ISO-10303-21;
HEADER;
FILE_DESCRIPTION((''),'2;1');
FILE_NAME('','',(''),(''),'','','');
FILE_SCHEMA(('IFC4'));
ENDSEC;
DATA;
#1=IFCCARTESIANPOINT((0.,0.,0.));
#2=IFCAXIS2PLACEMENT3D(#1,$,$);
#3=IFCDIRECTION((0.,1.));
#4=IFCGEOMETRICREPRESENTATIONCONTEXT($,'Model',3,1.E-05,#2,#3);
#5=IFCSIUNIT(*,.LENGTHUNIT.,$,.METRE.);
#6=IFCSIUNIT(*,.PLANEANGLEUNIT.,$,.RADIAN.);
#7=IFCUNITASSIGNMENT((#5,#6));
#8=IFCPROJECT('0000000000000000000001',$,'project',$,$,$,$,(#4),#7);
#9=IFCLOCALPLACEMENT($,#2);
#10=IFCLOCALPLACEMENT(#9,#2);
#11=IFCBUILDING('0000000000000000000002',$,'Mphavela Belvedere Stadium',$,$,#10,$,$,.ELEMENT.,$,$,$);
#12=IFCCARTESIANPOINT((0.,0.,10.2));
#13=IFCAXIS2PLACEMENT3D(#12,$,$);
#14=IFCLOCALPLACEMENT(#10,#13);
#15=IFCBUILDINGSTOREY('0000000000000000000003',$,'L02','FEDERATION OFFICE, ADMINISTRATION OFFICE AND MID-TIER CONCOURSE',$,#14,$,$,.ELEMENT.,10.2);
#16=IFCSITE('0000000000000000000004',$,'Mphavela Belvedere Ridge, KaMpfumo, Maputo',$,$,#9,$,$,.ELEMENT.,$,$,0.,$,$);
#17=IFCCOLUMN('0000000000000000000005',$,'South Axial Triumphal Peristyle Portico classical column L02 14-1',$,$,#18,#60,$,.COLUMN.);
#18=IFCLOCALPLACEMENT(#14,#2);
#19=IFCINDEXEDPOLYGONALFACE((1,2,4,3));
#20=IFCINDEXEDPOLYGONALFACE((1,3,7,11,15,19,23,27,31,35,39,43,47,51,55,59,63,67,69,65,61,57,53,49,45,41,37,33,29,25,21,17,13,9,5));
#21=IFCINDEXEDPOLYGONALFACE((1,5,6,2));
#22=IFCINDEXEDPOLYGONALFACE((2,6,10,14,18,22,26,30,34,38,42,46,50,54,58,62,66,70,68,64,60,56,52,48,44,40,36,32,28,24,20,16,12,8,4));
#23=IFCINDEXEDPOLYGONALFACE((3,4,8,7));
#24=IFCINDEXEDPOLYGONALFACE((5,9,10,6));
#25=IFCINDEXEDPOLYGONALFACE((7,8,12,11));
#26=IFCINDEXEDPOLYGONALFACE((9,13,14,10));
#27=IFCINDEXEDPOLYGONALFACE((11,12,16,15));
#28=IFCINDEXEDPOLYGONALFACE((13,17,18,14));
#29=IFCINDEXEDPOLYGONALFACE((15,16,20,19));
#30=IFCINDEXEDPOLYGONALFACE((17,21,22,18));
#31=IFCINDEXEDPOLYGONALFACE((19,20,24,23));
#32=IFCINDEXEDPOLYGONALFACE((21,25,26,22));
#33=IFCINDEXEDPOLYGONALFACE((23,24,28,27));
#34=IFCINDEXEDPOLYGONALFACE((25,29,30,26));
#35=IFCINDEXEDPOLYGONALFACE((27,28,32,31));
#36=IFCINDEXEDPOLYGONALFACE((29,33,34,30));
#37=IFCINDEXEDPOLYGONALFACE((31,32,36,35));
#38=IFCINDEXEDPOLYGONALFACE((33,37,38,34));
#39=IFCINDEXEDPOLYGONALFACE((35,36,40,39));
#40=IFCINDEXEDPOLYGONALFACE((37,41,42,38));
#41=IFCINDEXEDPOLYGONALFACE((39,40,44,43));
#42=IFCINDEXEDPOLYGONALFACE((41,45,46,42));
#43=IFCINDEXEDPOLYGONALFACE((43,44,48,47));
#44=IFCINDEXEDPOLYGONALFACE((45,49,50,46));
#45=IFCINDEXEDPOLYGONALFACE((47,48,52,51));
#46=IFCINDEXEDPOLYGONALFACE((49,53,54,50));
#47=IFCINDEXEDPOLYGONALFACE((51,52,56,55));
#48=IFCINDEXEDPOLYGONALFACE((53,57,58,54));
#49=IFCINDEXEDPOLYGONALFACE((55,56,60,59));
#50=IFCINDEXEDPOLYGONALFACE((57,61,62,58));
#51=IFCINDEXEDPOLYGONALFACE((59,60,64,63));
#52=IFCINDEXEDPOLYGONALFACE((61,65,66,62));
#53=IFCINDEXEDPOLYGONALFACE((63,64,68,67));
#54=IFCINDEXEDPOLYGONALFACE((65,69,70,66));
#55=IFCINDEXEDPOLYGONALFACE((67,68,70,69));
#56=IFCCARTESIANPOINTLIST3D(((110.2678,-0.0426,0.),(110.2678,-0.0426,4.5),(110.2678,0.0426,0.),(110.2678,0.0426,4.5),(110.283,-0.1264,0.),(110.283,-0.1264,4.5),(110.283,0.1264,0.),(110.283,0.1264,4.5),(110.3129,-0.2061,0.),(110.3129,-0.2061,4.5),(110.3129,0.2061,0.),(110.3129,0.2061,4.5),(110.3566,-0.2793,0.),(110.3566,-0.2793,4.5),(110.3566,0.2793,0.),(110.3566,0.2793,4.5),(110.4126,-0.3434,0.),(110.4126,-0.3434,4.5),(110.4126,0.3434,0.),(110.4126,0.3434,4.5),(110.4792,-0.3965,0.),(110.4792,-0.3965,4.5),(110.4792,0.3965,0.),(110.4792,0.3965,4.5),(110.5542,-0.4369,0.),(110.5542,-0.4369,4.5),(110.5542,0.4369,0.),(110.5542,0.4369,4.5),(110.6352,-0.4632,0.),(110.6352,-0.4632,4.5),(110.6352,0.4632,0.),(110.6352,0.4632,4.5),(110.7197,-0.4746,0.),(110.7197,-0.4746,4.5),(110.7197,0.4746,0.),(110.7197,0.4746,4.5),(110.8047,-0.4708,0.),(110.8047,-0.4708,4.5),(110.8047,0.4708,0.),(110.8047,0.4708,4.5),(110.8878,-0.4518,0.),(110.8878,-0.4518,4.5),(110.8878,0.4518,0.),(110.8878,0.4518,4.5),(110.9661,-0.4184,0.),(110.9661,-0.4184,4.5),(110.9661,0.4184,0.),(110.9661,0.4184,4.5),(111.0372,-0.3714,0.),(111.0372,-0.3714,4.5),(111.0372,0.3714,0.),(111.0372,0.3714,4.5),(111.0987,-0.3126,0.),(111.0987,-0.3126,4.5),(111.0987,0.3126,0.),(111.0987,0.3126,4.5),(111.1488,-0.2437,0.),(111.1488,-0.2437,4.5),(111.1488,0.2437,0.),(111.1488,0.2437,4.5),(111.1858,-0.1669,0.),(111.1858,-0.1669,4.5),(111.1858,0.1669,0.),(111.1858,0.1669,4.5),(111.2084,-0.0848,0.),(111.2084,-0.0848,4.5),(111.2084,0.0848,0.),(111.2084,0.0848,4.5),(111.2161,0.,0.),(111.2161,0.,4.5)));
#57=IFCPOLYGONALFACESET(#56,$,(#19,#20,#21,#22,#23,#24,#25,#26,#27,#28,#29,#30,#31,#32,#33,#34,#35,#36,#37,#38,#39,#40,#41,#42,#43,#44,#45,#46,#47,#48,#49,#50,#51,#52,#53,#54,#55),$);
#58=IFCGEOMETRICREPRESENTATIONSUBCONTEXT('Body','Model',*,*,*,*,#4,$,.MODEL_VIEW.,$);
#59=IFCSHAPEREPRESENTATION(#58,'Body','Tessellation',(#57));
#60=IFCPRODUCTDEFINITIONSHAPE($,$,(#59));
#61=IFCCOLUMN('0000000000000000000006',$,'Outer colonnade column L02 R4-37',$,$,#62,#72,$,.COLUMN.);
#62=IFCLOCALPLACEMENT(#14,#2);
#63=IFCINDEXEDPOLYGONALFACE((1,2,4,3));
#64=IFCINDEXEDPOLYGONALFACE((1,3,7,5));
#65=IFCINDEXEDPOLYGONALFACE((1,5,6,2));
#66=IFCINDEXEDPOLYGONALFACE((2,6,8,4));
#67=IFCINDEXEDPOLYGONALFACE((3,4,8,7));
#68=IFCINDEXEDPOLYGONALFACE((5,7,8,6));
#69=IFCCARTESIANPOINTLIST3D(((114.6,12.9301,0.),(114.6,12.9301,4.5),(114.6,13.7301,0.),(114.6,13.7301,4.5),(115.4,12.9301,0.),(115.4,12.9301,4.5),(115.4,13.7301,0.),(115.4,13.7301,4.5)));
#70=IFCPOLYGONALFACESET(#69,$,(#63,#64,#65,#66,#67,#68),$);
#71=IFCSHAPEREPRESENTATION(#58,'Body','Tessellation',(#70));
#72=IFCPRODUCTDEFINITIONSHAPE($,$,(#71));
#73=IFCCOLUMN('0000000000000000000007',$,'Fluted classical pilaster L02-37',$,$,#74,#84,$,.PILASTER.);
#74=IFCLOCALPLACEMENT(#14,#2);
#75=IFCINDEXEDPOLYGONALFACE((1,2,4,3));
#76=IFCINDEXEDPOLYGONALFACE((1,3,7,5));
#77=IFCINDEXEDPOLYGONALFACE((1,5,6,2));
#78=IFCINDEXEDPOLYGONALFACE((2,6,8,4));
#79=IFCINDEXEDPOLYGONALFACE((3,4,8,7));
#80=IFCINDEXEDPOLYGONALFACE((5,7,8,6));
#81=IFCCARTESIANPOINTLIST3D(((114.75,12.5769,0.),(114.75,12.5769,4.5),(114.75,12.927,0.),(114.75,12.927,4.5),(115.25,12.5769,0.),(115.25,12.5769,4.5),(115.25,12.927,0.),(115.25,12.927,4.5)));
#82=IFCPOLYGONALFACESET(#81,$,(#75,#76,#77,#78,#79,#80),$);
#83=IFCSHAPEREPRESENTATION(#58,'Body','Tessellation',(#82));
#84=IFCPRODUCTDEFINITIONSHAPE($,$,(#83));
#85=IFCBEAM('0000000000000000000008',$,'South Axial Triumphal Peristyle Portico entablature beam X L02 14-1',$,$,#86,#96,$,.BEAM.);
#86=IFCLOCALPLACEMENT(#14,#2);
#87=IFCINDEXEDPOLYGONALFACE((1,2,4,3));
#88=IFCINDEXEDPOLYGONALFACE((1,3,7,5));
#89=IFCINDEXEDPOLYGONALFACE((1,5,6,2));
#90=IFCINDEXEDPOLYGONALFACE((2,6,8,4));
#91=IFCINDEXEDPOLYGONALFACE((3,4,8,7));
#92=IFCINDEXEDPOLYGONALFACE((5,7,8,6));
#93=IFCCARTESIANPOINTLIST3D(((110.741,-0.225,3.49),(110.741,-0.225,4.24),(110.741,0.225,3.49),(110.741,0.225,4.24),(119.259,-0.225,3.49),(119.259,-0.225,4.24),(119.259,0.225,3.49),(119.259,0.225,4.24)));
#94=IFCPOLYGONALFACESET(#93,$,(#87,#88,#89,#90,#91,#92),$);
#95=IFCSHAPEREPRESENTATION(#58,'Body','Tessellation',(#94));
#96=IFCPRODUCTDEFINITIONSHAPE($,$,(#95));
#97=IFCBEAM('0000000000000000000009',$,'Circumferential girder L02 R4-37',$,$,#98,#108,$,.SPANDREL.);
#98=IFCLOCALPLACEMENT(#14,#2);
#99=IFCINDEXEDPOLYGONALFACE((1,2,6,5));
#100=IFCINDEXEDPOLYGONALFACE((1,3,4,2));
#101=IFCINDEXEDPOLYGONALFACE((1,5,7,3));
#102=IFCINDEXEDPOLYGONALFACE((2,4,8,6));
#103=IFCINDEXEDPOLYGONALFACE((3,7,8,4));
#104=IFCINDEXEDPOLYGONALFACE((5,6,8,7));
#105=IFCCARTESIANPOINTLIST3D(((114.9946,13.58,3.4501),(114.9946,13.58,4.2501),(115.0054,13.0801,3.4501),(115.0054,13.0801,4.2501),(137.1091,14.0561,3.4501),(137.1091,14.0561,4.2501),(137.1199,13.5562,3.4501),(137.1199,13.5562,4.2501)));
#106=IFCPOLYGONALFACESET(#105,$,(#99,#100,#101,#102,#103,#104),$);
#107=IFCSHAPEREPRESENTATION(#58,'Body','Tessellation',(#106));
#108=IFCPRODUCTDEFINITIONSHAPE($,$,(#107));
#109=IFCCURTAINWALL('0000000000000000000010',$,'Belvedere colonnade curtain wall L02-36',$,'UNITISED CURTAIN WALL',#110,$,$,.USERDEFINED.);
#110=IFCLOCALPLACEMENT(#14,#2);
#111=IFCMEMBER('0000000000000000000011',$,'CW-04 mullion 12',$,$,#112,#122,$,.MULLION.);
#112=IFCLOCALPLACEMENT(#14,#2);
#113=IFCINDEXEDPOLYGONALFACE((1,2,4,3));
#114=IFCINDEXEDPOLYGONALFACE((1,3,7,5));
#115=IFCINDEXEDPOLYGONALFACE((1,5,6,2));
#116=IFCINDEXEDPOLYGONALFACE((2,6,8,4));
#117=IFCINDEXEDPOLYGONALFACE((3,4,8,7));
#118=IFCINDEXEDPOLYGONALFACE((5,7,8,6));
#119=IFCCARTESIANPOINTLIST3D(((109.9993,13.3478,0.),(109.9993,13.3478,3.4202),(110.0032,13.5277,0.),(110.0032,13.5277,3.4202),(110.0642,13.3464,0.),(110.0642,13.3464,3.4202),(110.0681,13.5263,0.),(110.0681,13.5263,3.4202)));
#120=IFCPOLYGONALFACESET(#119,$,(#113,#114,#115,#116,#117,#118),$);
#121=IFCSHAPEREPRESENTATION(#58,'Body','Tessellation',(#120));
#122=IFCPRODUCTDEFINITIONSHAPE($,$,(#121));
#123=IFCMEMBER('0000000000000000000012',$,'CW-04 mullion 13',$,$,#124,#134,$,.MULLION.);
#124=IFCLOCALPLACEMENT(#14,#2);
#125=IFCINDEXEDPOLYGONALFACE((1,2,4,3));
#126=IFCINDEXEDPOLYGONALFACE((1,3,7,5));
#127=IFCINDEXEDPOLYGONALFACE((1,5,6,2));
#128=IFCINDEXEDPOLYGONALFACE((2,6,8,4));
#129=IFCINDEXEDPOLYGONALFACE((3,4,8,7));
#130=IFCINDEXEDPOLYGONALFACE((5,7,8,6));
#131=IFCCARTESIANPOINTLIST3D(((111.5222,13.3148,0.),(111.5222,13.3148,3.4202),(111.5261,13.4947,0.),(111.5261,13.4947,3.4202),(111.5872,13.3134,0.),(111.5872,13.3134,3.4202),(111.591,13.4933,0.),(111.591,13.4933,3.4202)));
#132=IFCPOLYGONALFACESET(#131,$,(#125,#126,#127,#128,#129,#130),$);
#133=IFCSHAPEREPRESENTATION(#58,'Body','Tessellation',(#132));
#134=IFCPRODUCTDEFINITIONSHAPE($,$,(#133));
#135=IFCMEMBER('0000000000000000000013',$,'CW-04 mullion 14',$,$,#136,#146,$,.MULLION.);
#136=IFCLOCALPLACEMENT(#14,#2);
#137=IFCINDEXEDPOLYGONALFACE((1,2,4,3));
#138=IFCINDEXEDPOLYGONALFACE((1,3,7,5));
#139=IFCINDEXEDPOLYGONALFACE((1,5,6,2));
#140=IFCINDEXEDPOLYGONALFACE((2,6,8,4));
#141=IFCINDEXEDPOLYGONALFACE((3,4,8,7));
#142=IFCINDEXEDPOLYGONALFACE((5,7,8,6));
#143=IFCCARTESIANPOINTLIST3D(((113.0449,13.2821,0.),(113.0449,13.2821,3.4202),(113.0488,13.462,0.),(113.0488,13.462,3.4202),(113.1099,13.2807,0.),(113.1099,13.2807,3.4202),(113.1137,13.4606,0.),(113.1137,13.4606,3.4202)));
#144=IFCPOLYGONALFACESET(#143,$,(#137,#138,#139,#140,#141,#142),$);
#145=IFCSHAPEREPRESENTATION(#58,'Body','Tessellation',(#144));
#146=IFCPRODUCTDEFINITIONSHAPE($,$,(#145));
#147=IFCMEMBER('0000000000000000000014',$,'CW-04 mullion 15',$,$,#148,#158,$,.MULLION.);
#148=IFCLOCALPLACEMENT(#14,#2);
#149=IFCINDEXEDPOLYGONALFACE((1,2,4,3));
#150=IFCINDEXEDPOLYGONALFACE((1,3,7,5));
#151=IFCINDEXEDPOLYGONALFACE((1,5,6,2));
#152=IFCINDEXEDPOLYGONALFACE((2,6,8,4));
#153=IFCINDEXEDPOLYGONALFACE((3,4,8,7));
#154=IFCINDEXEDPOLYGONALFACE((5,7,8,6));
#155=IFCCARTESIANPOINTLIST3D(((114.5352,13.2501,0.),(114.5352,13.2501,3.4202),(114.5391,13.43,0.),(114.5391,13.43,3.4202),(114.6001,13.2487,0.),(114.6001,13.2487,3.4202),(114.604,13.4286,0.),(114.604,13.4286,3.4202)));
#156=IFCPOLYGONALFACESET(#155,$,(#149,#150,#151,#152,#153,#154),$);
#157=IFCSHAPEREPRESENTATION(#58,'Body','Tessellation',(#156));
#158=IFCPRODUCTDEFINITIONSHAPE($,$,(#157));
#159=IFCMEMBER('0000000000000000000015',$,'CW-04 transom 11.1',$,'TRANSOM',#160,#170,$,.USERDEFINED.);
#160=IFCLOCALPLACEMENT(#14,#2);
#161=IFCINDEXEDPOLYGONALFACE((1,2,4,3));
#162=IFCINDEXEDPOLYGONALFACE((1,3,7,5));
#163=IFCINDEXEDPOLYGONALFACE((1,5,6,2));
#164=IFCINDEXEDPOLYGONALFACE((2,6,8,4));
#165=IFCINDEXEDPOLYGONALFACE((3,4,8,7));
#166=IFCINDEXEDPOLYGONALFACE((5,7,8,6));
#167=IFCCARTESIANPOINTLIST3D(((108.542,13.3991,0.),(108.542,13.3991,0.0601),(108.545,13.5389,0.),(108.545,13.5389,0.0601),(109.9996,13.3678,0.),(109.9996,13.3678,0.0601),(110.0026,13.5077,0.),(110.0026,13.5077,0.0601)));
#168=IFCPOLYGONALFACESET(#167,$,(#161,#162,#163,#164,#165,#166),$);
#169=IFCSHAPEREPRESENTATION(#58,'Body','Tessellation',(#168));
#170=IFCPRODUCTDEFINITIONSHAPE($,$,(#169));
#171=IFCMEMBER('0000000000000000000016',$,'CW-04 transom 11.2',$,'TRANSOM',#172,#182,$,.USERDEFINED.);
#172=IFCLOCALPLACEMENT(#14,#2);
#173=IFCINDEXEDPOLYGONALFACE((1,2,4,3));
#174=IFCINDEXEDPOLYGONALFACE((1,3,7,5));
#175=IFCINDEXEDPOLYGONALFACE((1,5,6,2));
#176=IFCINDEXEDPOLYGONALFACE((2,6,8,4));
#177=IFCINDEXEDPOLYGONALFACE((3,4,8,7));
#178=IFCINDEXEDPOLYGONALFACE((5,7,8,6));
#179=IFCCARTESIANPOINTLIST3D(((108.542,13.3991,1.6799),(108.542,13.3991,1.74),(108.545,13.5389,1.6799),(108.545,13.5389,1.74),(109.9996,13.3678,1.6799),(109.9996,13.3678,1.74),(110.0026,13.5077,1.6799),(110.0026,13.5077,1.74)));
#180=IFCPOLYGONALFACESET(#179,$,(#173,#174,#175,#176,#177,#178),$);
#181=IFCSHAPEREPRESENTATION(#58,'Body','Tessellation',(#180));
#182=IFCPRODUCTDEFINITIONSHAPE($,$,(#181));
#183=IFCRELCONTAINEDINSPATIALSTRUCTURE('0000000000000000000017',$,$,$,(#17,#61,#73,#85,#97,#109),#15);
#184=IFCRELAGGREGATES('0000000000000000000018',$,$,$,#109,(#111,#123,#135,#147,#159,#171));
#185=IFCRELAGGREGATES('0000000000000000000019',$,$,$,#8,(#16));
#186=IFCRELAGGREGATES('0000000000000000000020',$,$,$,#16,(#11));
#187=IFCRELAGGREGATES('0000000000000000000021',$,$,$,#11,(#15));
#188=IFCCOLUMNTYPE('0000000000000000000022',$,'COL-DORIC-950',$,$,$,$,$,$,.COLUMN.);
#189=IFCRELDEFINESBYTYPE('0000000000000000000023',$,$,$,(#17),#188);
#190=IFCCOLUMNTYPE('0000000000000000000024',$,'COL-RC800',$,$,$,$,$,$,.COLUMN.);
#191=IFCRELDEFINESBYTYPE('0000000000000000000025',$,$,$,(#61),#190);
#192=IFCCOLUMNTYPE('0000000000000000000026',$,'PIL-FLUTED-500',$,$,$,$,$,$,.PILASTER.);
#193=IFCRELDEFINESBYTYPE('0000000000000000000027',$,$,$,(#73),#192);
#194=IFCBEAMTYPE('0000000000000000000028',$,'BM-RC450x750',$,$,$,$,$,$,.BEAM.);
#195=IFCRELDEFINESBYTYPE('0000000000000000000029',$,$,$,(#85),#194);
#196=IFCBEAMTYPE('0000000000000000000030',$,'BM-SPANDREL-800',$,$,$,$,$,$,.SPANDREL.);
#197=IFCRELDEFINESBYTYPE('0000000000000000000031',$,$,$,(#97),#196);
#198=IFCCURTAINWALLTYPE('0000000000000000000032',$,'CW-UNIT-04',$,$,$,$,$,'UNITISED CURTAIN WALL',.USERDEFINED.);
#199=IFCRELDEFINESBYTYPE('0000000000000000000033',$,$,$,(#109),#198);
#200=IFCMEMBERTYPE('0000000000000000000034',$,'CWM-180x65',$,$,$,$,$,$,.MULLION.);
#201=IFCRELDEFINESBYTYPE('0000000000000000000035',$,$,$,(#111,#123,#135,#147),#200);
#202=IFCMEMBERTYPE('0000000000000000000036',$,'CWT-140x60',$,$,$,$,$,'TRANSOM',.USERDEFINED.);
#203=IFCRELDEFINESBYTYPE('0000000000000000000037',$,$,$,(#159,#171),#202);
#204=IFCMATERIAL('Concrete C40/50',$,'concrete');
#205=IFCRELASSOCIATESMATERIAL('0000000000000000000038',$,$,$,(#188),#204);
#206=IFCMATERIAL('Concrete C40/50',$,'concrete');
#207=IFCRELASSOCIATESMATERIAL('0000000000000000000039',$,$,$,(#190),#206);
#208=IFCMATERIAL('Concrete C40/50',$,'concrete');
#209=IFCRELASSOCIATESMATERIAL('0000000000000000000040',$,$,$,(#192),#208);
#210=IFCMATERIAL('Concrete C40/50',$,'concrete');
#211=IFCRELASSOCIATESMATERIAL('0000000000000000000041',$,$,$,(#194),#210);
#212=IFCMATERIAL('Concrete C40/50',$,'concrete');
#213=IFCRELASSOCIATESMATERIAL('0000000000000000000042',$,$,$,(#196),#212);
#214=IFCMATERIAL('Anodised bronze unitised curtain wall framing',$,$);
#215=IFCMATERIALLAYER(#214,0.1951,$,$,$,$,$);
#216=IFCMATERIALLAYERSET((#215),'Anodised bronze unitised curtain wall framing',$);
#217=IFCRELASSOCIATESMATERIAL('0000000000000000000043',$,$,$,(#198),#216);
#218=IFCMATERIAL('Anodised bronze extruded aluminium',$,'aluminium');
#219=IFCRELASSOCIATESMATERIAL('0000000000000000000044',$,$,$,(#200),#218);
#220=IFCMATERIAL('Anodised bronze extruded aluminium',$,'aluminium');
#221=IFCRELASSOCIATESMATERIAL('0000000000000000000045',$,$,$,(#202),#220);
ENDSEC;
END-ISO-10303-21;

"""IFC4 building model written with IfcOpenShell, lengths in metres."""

from ifc_helpers import new_model, si_unit, direction, frame, origin, origin_2d, place, context, subcontext, project, spatial, rectangle, circle, extrude, material, layer, layer_set, material_profile, profile_set, type_object, element, aggregate, save


model = new_model("IFC4")

# Units and contexts
model_context = context("Model", 3, precision=1e-05, world=origin(), true_north=direction((0.0, 1.0)))
body_context = subcontext(model_context, "Body", "Model", "MODEL_VIEW")
ifc_project = project(units=[si_unit("LENGTHUNIT", "METRE"), si_unit("PLANEANGLEUNIT", "RADIAN")], contexts=[model_context])

# Site, building, storey
site_placement = place(None, origin())
site = spatial("IfcSite", under=ifc_project, at=site_placement, Name="Mphavela Belvedere Ridge, KaMpfumo, Maputo", CompositionType="ELEMENT", RefElevation=0.0)
building_placement = place(site_placement, origin())
building = spatial("IfcBuilding", under=site, at=building_placement, Name="Mphavela Belvedere Stadium", CompositionType="ELEMENT")
storey_placement = place(building_placement, frame((0.0, 0.0, 10.2)))
storey = spatial("IfcBuildingStorey", under=building, at=storey_placement, Name="L02", Description="FEDERATION OFFICE, ADMINISTRATION OFFICE AND MID-TIER CONCOURSE", CompositionType="ELEMENT", Elevation=10.2)

# Columns
ifc_material_1 = material(Name="Concrete C40/50", Category="concrete")
ifc_material_profile_1 = material_profile(ifc_material_1, circle(Radius=0.4751, at=origin_2d()), Name="COL D950")
ifc_profile_set_1 = profile_set([ifc_material_profile_1], Name="Concrete C40/50")
column_type_1 = type_object("IfcColumnType", Name="COL-DORIC-950", PredefinedType="COLUMN", material=ifc_profile_set_1)
column_1_placement = place(storey_placement, frame((110.741, 0.0, 0.0), z_axis=(0.0, 0.0, 1.0), x_axis=(1.0, 0.0, 0.0)))
element("IfcColumn", 1, at=column_1_placement, inside=storey, type_object=column_type_1, Name="South Axial Triumphal Peristyle Portico classical column L02 14-1", PredefinedType="COLUMN", context=body_context, shape_type="SweptSolid", body=[
    extrude(circle(Radius=0.4751, at=origin_2d()), origin(), (0.0, 0.0, 1.0), 4.5),
])
ifc_material_2 = material(Name="Concrete C40/50", Category="concrete")
ifc_material_profile_2 = material_profile(ifc_material_2, rectangle(XDim=0.8, YDim=0.8, at=origin_2d()), Name="RC 800x800")
ifc_profile_set_2 = profile_set([ifc_material_profile_2], Name="Concrete C40/50")
column_type_2 = type_object("IfcColumnType", Name="COL-RC800", PredefinedType="COLUMN", material=ifc_profile_set_2)
column_2_placement = place(storey_placement, frame((115.0, 13.3301, 0.0), z_axis=(0.0, 0.0, 1.0), x_axis=(0.0, -1.0, 0.0)))
element("IfcColumn", 2, at=column_2_placement, inside=storey, type_object=column_type_2, Name="Outer colonnade column L02 R4-37", PredefinedType="COLUMN", context=body_context, shape_type="SweptSolid", body=[
    extrude(rectangle(XDim=0.8, YDim=0.8, at=origin_2d()), origin(), (0.0, 0.0, 1.0), 4.5),
])
ifc_material_3 = material(Name="Concrete C40/50", Category="concrete")
ifc_material_profile_3 = material_profile(ifc_material_3, rectangle(XDim=0.5, YDim=0.3501, at=origin_2d()), Name="PIL 500x350")
ifc_profile_set_3 = profile_set([ifc_material_profile_3], Name="Concrete C40/50")
column_type_3 = type_object("IfcColumnType", Name="PIL-FLUTED-500", PredefinedType="PILASTER", material=ifc_profile_set_3)
column_3_placement = place(storey_placement, frame((115.0, 12.752, 0.0), z_axis=(0.0, 0.0, 1.0), x_axis=(1.0, 0.0, 0.0)))
element("IfcColumn", 3, at=column_3_placement, inside=storey, type_object=column_type_3, Name="Fluted classical pilaster L02-37", PredefinedType="PILASTER", context=body_context, shape_type="SweptSolid", body=[
    extrude(rectangle(XDim=0.5, YDim=0.3501, at=origin_2d()), origin(), (0.0, 0.0, 1.0), 4.5),
])

# Beams
ifc_material_4 = material(Name="Concrete C40/50", Category="concrete")
ifc_material_profile_4 = material_profile(ifc_material_4, rectangle(XDim=0.45, YDim=0.75, at=origin_2d()), Name="RC 450x750")
ifc_profile_set_4 = profile_set([ifc_material_profile_4], Name="Concrete C40/50")
beam_type_1 = type_object("IfcBeamType", Name="BM-RC450x750", PredefinedType="BEAM", material=ifc_profile_set_4)
beam_1_placement = place(storey_placement, frame((110.741, 0.0, 3.865), z_axis=(1.0, 0.0, 0.0), x_axis=(0.0, 1.0, 0.0)))
element("IfcBeam", 4, at=beam_1_placement, inside=storey, type_object=beam_type_1, Name="South Axial Triumphal Peristyle Portico entablature beam X L02 14-1", PredefinedType="BEAM", context=body_context, shape_type="SweptSolid", body=[
    extrude(rectangle(XDim=0.45, YDim=0.75, at=origin_2d()), origin(), (0.0, 0.0, 1.0), 8.5181),
])
ifc_material_5 = material(Name="Concrete C40/50", Category="concrete")
ifc_material_profile_5 = material_profile(ifc_material_5, rectangle(XDim=0.5, YDim=0.8, at=origin_2d()), Name="RC 500x800")
ifc_profile_set_5 = profile_set([ifc_material_profile_5], Name="Concrete C40/50")
beam_type_2 = type_object("IfcBeamType", Name="BM-SPANDREL-800", PredefinedType="SPANDREL", material=ifc_profile_set_5)
beam_2_placement = place(storey_placement, frame((115.0, 13.3301, 3.8501), z_axis=(0.999768, 0.021523, 0.0), x_axis=(-0.021523, 0.999768, 0.0)))
element("IfcBeam", 5, at=beam_2_placement, inside=storey, type_object=beam_type_2, Name="Circumferential girder L02 R4-37", PredefinedType="SPANDREL", context=body_context, shape_type="SweptSolid", body=[
    extrude(rectangle(XDim=0.5, YDim=0.8, at=origin_2d()), origin(), (0.0, 0.0, 1.0), 22.1196),
])

# Curtain wall, members
ifc_material_6 = material(Name="Anodised bronze unitised curtain wall framing")
ifc_layer_1 = layer(ifc_material_6, 0.1951)
ifc_layer_set_1 = layer_set([ifc_layer_1], Name="Anodised bronze unitised curtain wall framing")
curtain_wall_type = type_object("IfcCurtainWallType", Name="CW-UNIT-04", ElementType="UNITISED CURTAIN WALL", PredefinedType="USERDEFINED", material=ifc_layer_set_1)
curtain_wall_placement = place(storey_placement, origin())
curtain_wall = element("IfcCurtainWall", 6, at=curtain_wall_placement, inside=storey, type_object=curtain_wall_type, Name="Belvedere colonnade curtain wall L02-36", ObjectType="UNITISED CURTAIN WALL", PredefinedType="USERDEFINED")
ifc_material_7 = material(Name="Anodised bronze extruded aluminium", Category="aluminium")
ifc_material_profile_6 = material_profile(ifc_material_7, rectangle(XDim=0.1799, YDim=0.0649, at=origin_2d()), Name="CW-MUL 180x65")
ifc_profile_set_6 = profile_set([ifc_material_profile_6], Name="Anodised bronze extruded aluminium")
member_type_1 = type_object("IfcMemberType", Name="CWM-180x65", PredefinedType="MULLION", material=ifc_profile_set_6)
member_1_placement = place(storey_placement, frame((110.0337, 13.437, 0.0), z_axis=(0.0, 0.0, 1.0), x_axis=(0.021525, 0.999768, 0.0)))
member_1 = element("IfcMember", 7, at=member_1_placement, type_object=member_type_1, Name="CW-04 mullion 12", PredefinedType="MULLION", context=body_context, shape_type="SweptSolid", body=[
    extrude(rectangle(XDim=0.1799, YDim=0.0649, at=origin_2d()), origin(), (0.0, 0.0, 1.0), 3.4202),
])
member_2_placement = place(storey_placement, frame((111.5566, 13.4041, 0.0), z_axis=(0.0, 0.0, 1.0), x_axis=(0.021525, 0.999768, 0.0)))
member_2 = element("IfcMember", 8, at=member_2_placement, type_object=member_type_1, Name="CW-04 mullion 13", PredefinedType="MULLION", context=body_context, shape_type="SweptSolid", body=[
    extrude(rectangle(XDim=0.1799, YDim=0.0649, at=origin_2d()), origin(), (0.0, 0.0, 1.0), 3.4202),
])
member_3_placement = place(storey_placement, frame((113.0793, 13.3713, 0.0), z_axis=(0.0, 0.0, 1.0), x_axis=(0.021525, 0.999768, 0.0)))
member_3 = element("IfcMember", 9, at=member_3_placement, type_object=member_type_1, Name="CW-04 mullion 14", PredefinedType="MULLION", context=body_context, shape_type="SweptSolid", body=[
    extrude(rectangle(XDim=0.1799, YDim=0.0649, at=origin_2d()), origin(), (0.0, 0.0, 1.0), 3.4202),
])
member_4_placement = place(storey_placement, frame((114.5696, 13.3394, 0.0), z_axis=(0.0, 0.0, 1.0), x_axis=(0.021525, 0.999768, 0.0)))
member_4 = element("IfcMember", 10, at=member_4_placement, type_object=member_type_1, Name="CW-04 mullion 15", PredefinedType="MULLION", context=body_context, shape_type="SweptSolid", body=[
    extrude(rectangle(XDim=0.1799, YDim=0.0649, at=origin_2d()), origin(), (0.0, 0.0, 1.0), 3.4202),
])
ifc_material_8 = material(Name="Anodised bronze extruded aluminium", Category="aluminium")
ifc_material_profile_7 = material_profile(ifc_material_8, rectangle(XDim=0.1399, YDim=0.0601, at=origin_2d()), Name="CW-TRN 140x60")
ifc_profile_set_7 = profile_set([ifc_material_profile_7], Name="Anodised bronze extruded aluminium")
member_type_2 = type_object("IfcMemberType", Name="CWT-140x60", ElementType="TRANSOM", PredefinedType="USERDEFINED", material=ifc_profile_set_7)
member_5_placement = place(storey_placement, frame((108.5435, 13.469, 0.03), z_axis=(0.99977, -0.021432, 0.0), x_axis=(0.021432, 0.99977, 0.0)))
member_5 = element("IfcMember", 11, at=member_5_placement, type_object=member_type_2, Name="CW-04 transom 11.1", ObjectType="TRANSOM", PredefinedType="USERDEFINED", context=body_context, shape_type="SweptSolid", body=[
    extrude(rectangle(XDim=0.1399, YDim=0.0601, at=origin_2d()), origin(), (0.0, 0.0, 1.0), 1.458),
])
member_6_placement = place(storey_placement, frame((108.5435, 13.469, 1.71), z_axis=(0.99977, -0.021432, 0.0), x_axis=(0.021432, 0.99977, 0.0)))
member_6 = element("IfcMember", 12, at=member_6_placement, type_object=member_type_2, Name="CW-04 transom 11.2", ObjectType="TRANSOM", PredefinedType="USERDEFINED", context=body_context, shape_type="SweptSolid", body=[
    extrude(rectangle(XDim=0.1399, YDim=0.0601, at=origin_2d()), origin(), (0.0, 0.0, 1.0), 1.458),
])
aggregate(curtain_wall, [member_1, member_2, member_3, member_4, member_5, member_6])

save(model, "model.ifc")
